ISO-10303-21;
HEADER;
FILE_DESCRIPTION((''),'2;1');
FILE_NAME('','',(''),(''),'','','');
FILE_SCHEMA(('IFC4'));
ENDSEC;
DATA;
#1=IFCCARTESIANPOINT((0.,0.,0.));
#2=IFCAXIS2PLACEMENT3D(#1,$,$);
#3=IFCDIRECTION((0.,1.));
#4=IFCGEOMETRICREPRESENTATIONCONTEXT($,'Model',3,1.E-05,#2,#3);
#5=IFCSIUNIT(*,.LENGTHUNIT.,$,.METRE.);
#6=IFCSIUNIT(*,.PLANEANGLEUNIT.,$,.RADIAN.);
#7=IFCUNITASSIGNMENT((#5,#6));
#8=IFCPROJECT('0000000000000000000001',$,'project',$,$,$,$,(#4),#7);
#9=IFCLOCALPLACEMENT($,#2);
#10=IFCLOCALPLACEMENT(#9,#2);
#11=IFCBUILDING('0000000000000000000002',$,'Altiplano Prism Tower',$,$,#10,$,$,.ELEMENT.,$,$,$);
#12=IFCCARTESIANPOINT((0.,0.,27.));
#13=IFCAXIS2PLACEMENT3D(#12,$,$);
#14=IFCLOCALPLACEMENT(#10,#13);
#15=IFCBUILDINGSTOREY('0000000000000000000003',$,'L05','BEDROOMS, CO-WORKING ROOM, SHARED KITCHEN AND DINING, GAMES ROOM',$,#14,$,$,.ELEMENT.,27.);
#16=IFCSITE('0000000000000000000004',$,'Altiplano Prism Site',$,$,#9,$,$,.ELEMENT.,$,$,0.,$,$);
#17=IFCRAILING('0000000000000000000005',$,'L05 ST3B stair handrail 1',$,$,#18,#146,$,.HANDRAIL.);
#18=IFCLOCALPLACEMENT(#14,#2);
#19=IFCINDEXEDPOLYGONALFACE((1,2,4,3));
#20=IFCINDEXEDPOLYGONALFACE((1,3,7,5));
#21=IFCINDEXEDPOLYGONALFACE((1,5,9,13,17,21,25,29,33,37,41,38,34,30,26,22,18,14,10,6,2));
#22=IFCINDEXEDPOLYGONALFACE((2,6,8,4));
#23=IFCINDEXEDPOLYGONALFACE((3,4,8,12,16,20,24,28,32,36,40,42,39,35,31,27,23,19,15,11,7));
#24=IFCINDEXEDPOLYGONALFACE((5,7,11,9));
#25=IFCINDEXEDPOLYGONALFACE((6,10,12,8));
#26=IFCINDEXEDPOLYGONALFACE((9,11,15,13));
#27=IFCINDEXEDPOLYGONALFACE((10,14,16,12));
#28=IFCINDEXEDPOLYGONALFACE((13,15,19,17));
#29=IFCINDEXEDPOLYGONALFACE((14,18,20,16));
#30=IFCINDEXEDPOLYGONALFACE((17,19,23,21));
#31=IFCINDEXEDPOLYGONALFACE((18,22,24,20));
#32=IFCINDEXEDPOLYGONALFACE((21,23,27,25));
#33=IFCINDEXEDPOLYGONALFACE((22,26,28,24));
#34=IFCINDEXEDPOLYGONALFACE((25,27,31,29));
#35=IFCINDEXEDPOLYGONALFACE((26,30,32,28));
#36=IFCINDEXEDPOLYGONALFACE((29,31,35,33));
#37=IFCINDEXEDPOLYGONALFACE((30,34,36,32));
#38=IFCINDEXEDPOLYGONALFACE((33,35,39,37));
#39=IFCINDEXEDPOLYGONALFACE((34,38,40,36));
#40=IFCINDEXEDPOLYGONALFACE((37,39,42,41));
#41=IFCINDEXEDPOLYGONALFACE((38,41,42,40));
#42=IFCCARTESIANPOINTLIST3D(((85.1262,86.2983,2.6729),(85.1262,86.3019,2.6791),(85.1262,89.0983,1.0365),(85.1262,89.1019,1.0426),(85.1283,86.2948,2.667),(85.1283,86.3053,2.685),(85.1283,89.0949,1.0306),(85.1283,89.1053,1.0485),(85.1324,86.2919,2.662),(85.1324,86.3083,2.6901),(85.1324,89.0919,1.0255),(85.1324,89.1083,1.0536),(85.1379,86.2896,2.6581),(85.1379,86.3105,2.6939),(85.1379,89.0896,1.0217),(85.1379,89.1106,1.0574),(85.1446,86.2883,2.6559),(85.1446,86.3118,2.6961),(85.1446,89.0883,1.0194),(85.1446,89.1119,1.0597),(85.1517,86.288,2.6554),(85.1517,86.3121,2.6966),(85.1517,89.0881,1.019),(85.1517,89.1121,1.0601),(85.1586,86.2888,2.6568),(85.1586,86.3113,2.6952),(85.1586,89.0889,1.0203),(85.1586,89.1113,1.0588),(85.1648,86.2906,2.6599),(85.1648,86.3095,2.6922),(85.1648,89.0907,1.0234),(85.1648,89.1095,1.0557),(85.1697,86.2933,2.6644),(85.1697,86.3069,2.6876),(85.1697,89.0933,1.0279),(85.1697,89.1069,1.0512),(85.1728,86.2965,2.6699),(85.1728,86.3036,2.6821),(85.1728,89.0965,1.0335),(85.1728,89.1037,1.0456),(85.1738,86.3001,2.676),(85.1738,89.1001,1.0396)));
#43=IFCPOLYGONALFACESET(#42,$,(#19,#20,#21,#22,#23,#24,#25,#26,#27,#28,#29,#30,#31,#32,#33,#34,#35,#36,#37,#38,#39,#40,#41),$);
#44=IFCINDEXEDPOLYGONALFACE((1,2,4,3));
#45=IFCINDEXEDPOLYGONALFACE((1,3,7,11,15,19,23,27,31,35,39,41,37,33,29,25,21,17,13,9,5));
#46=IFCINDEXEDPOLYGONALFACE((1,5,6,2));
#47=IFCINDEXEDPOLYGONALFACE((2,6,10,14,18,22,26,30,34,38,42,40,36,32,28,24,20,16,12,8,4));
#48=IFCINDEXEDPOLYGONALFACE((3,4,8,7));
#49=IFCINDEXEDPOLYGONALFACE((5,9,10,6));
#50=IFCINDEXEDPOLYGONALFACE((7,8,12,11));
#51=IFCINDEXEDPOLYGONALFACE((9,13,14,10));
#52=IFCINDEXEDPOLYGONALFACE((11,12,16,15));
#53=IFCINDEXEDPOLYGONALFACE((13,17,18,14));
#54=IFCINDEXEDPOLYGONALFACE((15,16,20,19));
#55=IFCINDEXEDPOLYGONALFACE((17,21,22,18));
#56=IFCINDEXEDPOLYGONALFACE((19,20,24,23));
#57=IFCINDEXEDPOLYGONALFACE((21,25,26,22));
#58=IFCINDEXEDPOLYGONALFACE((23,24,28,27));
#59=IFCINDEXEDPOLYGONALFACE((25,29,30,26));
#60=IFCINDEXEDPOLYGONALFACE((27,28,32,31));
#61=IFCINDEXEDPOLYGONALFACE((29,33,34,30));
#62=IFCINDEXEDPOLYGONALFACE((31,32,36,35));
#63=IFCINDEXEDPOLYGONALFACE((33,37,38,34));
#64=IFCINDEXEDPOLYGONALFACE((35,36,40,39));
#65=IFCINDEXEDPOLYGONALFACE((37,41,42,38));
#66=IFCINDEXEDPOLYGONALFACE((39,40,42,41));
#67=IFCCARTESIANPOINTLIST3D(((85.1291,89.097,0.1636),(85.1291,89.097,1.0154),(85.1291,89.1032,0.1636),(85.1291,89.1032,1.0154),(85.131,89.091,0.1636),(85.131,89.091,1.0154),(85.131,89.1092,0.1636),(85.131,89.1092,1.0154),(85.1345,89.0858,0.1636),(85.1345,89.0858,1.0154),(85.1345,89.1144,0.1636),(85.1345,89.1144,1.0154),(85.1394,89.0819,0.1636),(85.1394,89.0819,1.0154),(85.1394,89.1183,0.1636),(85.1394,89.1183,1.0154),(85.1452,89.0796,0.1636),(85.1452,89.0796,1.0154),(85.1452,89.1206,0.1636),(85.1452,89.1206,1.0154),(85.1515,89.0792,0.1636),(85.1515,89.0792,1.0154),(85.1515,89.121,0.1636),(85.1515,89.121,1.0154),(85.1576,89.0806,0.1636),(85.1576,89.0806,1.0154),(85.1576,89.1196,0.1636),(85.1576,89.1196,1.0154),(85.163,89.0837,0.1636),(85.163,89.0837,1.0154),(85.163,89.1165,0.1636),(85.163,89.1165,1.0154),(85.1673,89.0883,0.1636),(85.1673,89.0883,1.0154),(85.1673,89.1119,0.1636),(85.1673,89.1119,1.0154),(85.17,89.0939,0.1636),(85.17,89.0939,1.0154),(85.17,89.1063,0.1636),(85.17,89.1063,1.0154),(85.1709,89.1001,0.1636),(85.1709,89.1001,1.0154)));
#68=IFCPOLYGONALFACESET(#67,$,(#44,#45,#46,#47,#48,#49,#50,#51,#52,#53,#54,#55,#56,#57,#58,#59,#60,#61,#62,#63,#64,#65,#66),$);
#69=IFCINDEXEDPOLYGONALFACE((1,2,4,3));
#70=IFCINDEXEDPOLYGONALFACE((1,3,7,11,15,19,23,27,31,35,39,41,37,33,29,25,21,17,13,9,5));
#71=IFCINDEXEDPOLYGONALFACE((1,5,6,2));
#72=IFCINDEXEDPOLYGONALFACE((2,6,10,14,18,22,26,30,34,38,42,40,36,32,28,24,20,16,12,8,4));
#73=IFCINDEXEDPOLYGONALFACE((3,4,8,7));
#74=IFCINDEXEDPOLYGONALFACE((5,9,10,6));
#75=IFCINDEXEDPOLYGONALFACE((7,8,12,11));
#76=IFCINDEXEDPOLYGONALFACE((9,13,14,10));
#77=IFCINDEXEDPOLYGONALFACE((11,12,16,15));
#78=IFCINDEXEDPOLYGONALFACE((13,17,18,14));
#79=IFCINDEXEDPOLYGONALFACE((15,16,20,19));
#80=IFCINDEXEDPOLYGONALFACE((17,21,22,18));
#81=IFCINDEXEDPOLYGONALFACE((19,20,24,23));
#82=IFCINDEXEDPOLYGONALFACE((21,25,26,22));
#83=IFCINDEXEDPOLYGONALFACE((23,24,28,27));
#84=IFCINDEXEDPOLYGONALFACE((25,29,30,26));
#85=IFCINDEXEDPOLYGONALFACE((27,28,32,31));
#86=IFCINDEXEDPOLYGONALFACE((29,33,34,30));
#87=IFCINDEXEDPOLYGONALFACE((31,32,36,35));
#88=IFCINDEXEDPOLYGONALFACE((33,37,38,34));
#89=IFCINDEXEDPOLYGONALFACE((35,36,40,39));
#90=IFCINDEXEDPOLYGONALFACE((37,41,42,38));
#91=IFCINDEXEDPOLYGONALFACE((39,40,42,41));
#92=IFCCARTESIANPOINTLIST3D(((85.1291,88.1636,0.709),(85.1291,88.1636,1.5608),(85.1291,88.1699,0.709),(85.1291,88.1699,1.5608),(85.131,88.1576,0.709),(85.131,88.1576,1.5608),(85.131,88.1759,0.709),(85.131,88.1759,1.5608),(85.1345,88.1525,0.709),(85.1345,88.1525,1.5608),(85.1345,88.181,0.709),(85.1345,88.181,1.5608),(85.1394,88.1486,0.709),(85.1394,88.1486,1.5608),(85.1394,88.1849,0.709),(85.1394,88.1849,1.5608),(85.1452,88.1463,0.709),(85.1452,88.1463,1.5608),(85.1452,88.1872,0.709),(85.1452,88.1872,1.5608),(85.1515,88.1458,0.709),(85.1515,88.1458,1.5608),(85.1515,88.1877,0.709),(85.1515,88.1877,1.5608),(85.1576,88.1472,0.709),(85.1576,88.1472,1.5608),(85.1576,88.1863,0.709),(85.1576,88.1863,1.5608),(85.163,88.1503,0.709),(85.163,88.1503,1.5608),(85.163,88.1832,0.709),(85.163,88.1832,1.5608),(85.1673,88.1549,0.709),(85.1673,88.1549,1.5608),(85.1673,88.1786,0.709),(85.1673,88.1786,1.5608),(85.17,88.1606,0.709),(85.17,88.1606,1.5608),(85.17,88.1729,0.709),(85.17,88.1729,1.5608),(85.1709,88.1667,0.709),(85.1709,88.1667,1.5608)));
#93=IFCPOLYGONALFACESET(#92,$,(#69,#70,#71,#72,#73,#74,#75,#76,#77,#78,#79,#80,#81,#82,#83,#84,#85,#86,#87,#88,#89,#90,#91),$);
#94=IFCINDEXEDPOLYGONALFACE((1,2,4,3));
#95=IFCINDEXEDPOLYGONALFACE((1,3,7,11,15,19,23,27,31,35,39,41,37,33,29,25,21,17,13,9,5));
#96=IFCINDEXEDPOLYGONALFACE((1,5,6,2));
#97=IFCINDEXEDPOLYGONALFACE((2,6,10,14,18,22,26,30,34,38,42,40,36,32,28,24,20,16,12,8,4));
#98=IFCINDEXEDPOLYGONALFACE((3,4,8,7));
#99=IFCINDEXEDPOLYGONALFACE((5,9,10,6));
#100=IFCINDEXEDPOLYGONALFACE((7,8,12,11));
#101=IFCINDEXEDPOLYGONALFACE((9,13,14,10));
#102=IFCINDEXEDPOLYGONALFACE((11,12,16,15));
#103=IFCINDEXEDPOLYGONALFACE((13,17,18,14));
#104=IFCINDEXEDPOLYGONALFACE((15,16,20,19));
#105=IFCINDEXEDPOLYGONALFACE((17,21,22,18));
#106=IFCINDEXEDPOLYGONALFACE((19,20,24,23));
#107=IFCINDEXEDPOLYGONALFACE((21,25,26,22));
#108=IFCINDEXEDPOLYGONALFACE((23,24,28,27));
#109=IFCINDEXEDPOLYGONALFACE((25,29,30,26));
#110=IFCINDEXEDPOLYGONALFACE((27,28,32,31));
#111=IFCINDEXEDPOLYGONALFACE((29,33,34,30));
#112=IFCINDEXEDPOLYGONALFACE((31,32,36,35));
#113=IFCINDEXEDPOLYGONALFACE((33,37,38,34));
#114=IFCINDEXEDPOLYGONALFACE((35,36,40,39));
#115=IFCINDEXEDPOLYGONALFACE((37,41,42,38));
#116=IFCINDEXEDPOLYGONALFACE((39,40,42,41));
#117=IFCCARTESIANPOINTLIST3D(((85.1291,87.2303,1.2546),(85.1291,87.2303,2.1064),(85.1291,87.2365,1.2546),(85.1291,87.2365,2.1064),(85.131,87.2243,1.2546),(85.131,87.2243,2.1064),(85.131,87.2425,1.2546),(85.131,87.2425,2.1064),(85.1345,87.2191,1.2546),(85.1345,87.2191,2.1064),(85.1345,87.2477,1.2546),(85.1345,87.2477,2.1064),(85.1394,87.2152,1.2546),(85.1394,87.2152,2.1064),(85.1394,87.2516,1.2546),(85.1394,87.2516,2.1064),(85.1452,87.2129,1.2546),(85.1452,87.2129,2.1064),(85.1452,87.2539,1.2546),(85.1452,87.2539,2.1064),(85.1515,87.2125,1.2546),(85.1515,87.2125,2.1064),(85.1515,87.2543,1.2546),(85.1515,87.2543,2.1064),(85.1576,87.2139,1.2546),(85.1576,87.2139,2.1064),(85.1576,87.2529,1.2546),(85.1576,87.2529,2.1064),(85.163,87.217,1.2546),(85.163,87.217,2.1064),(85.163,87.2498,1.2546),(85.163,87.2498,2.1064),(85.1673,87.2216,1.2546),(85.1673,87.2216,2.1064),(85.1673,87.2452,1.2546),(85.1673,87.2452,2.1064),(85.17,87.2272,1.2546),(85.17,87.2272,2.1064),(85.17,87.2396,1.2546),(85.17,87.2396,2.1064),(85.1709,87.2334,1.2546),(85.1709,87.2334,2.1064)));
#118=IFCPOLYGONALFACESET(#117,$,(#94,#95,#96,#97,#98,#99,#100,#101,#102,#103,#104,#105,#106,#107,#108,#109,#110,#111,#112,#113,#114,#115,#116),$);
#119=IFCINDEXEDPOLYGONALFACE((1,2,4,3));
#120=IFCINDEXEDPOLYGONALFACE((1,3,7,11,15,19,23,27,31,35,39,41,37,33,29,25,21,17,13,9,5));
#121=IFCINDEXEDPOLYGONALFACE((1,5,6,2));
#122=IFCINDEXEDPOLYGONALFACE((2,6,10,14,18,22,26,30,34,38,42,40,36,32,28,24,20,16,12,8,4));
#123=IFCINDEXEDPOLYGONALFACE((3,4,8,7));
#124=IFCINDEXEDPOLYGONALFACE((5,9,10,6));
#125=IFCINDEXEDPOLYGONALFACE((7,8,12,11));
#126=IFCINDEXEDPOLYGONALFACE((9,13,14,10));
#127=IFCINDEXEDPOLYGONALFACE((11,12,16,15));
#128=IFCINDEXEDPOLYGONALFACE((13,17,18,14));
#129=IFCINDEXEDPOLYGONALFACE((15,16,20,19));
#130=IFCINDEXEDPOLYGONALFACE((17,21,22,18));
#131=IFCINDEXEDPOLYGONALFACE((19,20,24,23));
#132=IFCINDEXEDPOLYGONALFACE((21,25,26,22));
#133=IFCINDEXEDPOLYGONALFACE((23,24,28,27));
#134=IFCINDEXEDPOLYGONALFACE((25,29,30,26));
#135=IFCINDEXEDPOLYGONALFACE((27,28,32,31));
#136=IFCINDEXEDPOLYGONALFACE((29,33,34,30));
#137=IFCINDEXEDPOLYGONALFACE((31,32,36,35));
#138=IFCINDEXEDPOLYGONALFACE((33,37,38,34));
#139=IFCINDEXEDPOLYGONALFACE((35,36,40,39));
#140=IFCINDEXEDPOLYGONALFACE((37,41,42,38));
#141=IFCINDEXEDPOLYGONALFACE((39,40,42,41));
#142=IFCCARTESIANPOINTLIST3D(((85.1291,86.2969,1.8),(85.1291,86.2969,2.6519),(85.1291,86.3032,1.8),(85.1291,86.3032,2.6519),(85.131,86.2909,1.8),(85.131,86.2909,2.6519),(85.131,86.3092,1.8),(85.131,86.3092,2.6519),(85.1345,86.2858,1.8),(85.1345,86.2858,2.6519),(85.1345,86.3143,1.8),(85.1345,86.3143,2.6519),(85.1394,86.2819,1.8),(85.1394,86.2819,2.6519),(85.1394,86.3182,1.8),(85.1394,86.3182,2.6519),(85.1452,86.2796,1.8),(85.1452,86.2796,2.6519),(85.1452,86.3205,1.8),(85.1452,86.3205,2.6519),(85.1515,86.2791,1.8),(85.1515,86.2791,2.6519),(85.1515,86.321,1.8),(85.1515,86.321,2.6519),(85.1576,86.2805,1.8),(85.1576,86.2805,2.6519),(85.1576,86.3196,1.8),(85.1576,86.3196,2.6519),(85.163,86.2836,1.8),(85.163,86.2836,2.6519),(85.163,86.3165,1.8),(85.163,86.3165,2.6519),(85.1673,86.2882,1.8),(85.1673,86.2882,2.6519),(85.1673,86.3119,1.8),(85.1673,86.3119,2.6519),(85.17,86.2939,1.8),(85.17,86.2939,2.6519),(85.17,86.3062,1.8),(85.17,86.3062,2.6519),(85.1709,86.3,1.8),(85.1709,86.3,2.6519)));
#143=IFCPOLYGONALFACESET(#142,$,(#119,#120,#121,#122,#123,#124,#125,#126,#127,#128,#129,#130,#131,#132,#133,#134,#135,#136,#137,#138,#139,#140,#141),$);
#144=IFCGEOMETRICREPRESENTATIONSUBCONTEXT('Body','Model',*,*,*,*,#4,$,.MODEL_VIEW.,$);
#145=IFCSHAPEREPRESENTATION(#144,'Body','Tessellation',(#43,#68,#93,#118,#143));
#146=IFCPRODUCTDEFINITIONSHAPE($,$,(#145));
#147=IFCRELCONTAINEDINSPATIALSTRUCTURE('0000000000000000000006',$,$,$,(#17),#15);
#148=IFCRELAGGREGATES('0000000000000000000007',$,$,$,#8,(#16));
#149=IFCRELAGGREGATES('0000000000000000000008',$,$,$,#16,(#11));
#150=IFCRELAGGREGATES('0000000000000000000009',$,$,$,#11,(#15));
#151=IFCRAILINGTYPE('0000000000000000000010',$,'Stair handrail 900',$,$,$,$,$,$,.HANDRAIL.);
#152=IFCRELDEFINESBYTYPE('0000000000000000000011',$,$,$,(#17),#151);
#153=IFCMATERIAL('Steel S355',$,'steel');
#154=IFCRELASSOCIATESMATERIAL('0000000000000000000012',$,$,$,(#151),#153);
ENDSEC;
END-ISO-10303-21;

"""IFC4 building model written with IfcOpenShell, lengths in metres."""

from ifc_helpers import new_model, si_unit, direction, frame, origin, origin_2d, place, context, subcontext, project, spatial, circle, extrude, material, type_object, element, save


model = new_model("IFC4")

# Units and contexts
model_context = context("Model", 3, precision=1e-05, world=origin(), true_north=direction((0.0, 1.0)))
body_context = subcontext(model_context, "Body", "Model", "MODEL_VIEW")
ifc_project = project(units=[si_unit("LENGTHUNIT", "METRE"), si_unit("PLANEANGLEUNIT", "RADIAN")], contexts=[model_context])

# Site, building, storey
site_placement = place(None, origin())
site = spatial("IfcSite", under=ifc_project, at=site_placement, Name="Altiplano Prism Site", CompositionType="ELEMENT", RefElevation=0.0)
building_placement = place(site_placement, origin())
building = spatial("IfcBuilding", under=site, at=building_placement, Name="Altiplano Prism Tower", CompositionType="ELEMENT")
storey_placement = place(building_placement, frame((0.0, 0.0, 27.0)))
storey = spatial("IfcBuildingStorey", under=building, at=storey_placement, Name="L05", Description="BEDROOMS, CO-WORKING ROOM, SHARED KITCHEN AND DINING, GAMES ROOM", CompositionType="ELEMENT", Elevation=27.0)

# Railing
ifc_material_1 = material(Name="Steel S355", Category="steel")
railing_type_1 = type_object("IfcRailingType", Name="Stair handrail 900", PredefinedType="HANDRAIL", material=ifc_material_1)
railing_1_placement = place(storey_placement, frame((85.1499, 89.1001, 0.1636)))
element("IfcRailing", 1, at=railing_1_placement, inside=storey, type_object=railing_type_1, Name="L05 ST3B stair handrail 1", PredefinedType="HANDRAIL", context=body_context, shape_type="SweptSolid", body=[
    extrude(circle(Radius=0.0239, at=origin_2d()), frame((0.0, 0.0, 0.876), z_axis=(0.0, -0.863361, 0.504587), x_axis=(1.0, 0.0, 0.0)), (0.0, 0.0, 1.0), 3.2432),
    extrude(circle(Radius=0.021, at=origin_2d()), origin(), (0.0, 0.0, 1.0), 0.8518),
    extrude(circle(Radius=0.021, at=origin_2d()), frame((0.0, -0.9333, 0.5454)), (0.0, 0.0, 1.0), 0.8518),
    extrude(circle(Radius=0.021, at=origin_2d()), frame((0.0, -1.8667, 1.0911)), (0.0, 0.0, 1.0), 0.8518),
    extrude(circle(Radius=0.021, at=origin_2d()), frame((0.0, -2.8, 1.6365)), (0.0, 0.0, 1.0), 0.8518),
])

save(model, "model.ifc")
